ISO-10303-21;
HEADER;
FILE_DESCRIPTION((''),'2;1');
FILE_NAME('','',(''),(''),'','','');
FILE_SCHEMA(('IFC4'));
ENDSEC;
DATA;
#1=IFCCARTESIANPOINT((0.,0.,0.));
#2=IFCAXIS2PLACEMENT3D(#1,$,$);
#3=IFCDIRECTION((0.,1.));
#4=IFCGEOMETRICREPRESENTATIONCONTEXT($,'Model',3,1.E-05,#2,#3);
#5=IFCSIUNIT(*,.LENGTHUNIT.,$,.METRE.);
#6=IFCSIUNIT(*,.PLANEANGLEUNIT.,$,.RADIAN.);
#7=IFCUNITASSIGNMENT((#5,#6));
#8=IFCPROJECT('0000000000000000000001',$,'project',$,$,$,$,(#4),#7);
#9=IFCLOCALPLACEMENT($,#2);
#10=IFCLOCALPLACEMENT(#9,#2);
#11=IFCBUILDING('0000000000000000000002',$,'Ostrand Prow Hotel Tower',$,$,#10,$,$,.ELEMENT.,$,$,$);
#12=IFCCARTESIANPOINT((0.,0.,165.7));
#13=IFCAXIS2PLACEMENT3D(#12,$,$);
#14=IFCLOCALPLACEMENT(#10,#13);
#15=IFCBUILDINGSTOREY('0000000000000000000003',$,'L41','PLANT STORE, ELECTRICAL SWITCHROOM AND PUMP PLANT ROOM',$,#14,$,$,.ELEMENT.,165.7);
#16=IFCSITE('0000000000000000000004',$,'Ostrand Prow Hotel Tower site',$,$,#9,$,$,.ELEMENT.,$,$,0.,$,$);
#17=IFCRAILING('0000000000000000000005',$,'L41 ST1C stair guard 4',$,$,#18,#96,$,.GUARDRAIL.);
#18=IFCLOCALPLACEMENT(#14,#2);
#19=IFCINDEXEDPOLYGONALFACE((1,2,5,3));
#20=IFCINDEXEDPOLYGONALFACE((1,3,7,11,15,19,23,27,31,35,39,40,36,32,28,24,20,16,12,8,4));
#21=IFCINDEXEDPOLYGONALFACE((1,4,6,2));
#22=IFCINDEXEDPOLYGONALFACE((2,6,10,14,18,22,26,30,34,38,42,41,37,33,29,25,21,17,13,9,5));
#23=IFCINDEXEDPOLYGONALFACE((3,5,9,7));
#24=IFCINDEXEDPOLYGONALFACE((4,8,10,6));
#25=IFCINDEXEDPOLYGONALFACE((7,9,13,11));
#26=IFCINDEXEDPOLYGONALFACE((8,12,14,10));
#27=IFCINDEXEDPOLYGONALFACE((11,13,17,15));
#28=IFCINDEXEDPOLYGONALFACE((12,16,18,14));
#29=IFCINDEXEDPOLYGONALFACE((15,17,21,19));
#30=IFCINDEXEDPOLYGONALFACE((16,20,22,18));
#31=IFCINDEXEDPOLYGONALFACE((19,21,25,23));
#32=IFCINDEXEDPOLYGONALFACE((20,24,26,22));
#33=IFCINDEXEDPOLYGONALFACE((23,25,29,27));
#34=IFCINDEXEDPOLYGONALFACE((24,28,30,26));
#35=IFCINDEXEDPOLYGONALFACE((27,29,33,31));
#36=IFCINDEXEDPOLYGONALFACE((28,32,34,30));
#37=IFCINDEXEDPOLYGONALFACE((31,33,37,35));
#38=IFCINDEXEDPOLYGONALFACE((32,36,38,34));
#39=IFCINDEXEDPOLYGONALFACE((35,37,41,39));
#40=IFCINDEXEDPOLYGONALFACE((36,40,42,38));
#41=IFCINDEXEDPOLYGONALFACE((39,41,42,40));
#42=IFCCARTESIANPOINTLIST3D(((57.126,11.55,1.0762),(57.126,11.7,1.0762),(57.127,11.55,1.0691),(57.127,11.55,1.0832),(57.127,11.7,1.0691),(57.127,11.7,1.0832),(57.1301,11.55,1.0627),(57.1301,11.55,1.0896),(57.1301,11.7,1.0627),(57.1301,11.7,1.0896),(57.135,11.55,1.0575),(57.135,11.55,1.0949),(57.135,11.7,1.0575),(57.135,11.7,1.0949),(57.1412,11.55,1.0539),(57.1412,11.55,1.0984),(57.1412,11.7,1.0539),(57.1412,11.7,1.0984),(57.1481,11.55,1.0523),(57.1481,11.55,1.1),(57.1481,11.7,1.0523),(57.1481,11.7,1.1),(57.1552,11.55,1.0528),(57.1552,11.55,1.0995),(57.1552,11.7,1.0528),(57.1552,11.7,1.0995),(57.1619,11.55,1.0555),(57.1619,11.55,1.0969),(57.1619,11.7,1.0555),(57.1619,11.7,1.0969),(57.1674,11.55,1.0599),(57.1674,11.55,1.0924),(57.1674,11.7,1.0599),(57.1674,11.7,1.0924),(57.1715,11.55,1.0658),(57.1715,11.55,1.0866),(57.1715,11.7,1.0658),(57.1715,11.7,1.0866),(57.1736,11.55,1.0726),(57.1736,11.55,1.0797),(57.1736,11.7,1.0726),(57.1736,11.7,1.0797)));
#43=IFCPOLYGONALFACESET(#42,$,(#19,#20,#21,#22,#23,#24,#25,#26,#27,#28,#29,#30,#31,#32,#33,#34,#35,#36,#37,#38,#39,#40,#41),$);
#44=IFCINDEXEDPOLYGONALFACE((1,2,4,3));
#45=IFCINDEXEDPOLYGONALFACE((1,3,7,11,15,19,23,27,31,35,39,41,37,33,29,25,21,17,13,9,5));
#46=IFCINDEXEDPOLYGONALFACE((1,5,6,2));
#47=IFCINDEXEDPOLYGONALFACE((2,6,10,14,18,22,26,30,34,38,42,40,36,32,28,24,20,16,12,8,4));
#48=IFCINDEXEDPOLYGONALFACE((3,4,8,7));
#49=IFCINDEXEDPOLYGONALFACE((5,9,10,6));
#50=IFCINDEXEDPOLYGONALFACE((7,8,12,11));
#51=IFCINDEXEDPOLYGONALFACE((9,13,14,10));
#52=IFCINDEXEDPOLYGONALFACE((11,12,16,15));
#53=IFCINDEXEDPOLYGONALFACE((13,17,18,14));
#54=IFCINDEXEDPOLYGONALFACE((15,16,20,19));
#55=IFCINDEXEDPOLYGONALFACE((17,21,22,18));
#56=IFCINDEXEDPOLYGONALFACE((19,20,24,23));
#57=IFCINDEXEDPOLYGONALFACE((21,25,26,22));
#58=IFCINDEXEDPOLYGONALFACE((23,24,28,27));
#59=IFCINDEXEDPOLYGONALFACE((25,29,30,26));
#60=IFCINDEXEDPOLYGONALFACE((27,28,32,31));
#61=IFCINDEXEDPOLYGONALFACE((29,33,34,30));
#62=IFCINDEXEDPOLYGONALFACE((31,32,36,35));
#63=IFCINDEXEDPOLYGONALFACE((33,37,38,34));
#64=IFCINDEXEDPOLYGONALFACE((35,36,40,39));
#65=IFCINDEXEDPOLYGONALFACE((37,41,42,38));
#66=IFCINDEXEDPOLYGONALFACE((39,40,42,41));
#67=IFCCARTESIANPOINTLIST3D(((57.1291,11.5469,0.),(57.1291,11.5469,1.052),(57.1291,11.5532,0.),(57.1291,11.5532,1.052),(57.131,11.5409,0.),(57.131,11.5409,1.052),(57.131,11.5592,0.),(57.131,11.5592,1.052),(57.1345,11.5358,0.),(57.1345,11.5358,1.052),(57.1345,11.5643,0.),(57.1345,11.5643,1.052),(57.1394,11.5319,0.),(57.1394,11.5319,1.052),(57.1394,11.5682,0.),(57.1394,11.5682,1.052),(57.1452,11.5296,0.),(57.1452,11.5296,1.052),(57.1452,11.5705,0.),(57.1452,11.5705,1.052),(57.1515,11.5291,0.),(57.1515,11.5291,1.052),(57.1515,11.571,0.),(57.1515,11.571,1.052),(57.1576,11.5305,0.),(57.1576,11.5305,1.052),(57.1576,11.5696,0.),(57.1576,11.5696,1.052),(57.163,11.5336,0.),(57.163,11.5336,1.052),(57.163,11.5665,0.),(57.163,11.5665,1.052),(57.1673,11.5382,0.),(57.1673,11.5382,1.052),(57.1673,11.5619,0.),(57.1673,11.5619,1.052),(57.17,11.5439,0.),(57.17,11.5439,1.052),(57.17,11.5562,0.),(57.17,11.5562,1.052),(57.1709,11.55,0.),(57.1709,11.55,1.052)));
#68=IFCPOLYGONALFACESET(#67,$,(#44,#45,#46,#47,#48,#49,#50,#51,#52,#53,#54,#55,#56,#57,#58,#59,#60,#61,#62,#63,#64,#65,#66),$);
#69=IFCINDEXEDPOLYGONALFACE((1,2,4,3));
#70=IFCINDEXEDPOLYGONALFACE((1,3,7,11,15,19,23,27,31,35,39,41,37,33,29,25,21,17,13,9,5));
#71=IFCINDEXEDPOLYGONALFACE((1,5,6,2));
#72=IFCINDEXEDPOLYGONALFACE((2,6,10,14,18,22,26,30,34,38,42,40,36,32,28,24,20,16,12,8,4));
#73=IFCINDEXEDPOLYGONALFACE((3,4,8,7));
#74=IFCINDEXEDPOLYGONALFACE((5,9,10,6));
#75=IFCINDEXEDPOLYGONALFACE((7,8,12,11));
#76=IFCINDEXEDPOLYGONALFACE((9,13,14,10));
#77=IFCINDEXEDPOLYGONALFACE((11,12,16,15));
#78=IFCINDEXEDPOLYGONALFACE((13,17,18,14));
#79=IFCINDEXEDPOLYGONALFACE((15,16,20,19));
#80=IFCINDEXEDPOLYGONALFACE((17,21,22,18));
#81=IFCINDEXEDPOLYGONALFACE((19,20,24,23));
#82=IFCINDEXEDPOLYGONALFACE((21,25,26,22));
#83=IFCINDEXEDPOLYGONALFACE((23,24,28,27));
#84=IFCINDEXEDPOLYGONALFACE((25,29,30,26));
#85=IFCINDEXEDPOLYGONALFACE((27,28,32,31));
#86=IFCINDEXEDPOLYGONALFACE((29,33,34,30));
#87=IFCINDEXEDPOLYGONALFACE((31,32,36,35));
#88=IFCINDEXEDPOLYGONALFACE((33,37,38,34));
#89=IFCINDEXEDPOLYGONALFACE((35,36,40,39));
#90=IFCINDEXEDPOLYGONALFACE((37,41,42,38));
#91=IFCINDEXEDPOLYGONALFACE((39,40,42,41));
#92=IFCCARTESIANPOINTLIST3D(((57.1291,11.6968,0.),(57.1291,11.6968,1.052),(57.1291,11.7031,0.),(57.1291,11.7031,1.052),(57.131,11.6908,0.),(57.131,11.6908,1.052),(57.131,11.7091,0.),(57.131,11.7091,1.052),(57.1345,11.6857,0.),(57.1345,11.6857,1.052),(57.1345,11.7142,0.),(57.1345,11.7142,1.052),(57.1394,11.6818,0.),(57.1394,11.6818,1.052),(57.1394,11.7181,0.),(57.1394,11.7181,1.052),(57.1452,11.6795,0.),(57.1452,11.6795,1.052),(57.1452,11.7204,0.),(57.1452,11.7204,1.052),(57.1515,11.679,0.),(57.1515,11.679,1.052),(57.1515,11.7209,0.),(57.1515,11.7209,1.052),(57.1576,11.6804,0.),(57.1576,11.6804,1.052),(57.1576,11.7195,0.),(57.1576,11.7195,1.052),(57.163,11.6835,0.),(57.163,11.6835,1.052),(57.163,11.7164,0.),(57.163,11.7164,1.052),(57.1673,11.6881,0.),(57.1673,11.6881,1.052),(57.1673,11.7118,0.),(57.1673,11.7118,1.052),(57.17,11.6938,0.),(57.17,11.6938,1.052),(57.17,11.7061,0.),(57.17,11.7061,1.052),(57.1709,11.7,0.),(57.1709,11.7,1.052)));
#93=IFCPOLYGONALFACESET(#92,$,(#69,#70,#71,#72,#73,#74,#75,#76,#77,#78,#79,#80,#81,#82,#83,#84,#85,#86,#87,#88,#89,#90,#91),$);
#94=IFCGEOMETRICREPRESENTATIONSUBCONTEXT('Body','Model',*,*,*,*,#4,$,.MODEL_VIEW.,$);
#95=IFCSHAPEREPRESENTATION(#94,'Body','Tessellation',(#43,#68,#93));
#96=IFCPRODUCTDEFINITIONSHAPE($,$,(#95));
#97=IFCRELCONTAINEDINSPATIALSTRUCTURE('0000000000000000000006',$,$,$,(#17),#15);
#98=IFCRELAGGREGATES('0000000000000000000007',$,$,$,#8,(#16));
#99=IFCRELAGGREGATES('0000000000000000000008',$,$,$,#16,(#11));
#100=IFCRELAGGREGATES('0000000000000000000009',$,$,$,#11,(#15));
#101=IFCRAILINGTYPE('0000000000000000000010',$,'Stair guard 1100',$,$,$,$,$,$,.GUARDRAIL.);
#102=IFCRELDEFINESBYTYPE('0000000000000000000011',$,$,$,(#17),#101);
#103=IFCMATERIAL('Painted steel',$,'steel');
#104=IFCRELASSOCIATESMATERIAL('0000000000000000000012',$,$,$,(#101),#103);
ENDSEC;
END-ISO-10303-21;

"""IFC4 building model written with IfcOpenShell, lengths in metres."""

from ifc_helpers import new_model, si_unit, direction, frame, origin, origin_2d, place, context, subcontext, project, spatial, circle, extrude, material, type_object, element, save


model = new_model("IFC4")

# Units and contexts
model_context = context("Model", 3, precision=1e-05, world=origin(), true_north=direction((0.0, 1.0)))
body_context = subcontext(model_context, "Body", "Model", "MODEL_VIEW")
ifc_project = project(units=[si_unit("LENGTHUNIT", "METRE"), si_unit("PLANEANGLEUNIT", "RADIAN")], contexts=[model_context])

# Site, building, storey
site_placement = place(None, origin())
site = spatial("IfcSite", under=ifc_project, at=site_placement, Name="Ostrand Prow Hotel Tower site", CompositionType="ELEMENT", RefElevation=0.0)
building_placement = place(site_placement, origin())
building = spatial("IfcBuilding", under=site, at=building_placement, Name="Ostrand Prow Hotel Tower", CompositionType="ELEMENT")
storey_placement = place(building_placement, frame((0.0, 0.0, 165.7)))
storey = spatial("IfcBuildingStorey", under=building, at=storey_placement, Name="L41", Description="PLANT STORE, ELECTRICAL SWITCHROOM AND PUMP PLANT ROOM", CompositionType="ELEMENT", Elevation=165.7)

# Railing
ifc_material_1 = material(Name="Painted steel", Category="steel")
railing_type_1 = type_object("IfcRailingType", Name="Stair guard 1100", PredefinedType="GUARDRAIL", material=ifc_material_1)
railing_1_placement = place(storey_placement, frame((57.1499, 11.55, 0.0)))
element("IfcRailing", 1, at=railing_1_placement, inside=storey, type_object=railing_type_1, Name="L41 ST1C stair guard 4", PredefinedType="GUARDRAIL", context=body_context, shape_type="SweptSolid", body=[
    extrude(circle(Radius=0.0239, at=origin_2d()), frame((0.0, 0.0, 1.0762), z_axis=(0.0, 1.0, 0.0), x_axis=(-1.0, 0.0, 0.0)), (0.0, 0.0, 1.0), 0.1499),
    extrude(circle(Radius=0.021, at=origin_2d()), origin(), (0.0, 0.0, 1.0), 1.052),
    extrude(circle(Radius=0.021, at=origin_2d()), frame((0.0, 0.1499, 0.0)), (0.0, 0.0, 1.0), 1.052),
])

save(model, "model.ifc")
